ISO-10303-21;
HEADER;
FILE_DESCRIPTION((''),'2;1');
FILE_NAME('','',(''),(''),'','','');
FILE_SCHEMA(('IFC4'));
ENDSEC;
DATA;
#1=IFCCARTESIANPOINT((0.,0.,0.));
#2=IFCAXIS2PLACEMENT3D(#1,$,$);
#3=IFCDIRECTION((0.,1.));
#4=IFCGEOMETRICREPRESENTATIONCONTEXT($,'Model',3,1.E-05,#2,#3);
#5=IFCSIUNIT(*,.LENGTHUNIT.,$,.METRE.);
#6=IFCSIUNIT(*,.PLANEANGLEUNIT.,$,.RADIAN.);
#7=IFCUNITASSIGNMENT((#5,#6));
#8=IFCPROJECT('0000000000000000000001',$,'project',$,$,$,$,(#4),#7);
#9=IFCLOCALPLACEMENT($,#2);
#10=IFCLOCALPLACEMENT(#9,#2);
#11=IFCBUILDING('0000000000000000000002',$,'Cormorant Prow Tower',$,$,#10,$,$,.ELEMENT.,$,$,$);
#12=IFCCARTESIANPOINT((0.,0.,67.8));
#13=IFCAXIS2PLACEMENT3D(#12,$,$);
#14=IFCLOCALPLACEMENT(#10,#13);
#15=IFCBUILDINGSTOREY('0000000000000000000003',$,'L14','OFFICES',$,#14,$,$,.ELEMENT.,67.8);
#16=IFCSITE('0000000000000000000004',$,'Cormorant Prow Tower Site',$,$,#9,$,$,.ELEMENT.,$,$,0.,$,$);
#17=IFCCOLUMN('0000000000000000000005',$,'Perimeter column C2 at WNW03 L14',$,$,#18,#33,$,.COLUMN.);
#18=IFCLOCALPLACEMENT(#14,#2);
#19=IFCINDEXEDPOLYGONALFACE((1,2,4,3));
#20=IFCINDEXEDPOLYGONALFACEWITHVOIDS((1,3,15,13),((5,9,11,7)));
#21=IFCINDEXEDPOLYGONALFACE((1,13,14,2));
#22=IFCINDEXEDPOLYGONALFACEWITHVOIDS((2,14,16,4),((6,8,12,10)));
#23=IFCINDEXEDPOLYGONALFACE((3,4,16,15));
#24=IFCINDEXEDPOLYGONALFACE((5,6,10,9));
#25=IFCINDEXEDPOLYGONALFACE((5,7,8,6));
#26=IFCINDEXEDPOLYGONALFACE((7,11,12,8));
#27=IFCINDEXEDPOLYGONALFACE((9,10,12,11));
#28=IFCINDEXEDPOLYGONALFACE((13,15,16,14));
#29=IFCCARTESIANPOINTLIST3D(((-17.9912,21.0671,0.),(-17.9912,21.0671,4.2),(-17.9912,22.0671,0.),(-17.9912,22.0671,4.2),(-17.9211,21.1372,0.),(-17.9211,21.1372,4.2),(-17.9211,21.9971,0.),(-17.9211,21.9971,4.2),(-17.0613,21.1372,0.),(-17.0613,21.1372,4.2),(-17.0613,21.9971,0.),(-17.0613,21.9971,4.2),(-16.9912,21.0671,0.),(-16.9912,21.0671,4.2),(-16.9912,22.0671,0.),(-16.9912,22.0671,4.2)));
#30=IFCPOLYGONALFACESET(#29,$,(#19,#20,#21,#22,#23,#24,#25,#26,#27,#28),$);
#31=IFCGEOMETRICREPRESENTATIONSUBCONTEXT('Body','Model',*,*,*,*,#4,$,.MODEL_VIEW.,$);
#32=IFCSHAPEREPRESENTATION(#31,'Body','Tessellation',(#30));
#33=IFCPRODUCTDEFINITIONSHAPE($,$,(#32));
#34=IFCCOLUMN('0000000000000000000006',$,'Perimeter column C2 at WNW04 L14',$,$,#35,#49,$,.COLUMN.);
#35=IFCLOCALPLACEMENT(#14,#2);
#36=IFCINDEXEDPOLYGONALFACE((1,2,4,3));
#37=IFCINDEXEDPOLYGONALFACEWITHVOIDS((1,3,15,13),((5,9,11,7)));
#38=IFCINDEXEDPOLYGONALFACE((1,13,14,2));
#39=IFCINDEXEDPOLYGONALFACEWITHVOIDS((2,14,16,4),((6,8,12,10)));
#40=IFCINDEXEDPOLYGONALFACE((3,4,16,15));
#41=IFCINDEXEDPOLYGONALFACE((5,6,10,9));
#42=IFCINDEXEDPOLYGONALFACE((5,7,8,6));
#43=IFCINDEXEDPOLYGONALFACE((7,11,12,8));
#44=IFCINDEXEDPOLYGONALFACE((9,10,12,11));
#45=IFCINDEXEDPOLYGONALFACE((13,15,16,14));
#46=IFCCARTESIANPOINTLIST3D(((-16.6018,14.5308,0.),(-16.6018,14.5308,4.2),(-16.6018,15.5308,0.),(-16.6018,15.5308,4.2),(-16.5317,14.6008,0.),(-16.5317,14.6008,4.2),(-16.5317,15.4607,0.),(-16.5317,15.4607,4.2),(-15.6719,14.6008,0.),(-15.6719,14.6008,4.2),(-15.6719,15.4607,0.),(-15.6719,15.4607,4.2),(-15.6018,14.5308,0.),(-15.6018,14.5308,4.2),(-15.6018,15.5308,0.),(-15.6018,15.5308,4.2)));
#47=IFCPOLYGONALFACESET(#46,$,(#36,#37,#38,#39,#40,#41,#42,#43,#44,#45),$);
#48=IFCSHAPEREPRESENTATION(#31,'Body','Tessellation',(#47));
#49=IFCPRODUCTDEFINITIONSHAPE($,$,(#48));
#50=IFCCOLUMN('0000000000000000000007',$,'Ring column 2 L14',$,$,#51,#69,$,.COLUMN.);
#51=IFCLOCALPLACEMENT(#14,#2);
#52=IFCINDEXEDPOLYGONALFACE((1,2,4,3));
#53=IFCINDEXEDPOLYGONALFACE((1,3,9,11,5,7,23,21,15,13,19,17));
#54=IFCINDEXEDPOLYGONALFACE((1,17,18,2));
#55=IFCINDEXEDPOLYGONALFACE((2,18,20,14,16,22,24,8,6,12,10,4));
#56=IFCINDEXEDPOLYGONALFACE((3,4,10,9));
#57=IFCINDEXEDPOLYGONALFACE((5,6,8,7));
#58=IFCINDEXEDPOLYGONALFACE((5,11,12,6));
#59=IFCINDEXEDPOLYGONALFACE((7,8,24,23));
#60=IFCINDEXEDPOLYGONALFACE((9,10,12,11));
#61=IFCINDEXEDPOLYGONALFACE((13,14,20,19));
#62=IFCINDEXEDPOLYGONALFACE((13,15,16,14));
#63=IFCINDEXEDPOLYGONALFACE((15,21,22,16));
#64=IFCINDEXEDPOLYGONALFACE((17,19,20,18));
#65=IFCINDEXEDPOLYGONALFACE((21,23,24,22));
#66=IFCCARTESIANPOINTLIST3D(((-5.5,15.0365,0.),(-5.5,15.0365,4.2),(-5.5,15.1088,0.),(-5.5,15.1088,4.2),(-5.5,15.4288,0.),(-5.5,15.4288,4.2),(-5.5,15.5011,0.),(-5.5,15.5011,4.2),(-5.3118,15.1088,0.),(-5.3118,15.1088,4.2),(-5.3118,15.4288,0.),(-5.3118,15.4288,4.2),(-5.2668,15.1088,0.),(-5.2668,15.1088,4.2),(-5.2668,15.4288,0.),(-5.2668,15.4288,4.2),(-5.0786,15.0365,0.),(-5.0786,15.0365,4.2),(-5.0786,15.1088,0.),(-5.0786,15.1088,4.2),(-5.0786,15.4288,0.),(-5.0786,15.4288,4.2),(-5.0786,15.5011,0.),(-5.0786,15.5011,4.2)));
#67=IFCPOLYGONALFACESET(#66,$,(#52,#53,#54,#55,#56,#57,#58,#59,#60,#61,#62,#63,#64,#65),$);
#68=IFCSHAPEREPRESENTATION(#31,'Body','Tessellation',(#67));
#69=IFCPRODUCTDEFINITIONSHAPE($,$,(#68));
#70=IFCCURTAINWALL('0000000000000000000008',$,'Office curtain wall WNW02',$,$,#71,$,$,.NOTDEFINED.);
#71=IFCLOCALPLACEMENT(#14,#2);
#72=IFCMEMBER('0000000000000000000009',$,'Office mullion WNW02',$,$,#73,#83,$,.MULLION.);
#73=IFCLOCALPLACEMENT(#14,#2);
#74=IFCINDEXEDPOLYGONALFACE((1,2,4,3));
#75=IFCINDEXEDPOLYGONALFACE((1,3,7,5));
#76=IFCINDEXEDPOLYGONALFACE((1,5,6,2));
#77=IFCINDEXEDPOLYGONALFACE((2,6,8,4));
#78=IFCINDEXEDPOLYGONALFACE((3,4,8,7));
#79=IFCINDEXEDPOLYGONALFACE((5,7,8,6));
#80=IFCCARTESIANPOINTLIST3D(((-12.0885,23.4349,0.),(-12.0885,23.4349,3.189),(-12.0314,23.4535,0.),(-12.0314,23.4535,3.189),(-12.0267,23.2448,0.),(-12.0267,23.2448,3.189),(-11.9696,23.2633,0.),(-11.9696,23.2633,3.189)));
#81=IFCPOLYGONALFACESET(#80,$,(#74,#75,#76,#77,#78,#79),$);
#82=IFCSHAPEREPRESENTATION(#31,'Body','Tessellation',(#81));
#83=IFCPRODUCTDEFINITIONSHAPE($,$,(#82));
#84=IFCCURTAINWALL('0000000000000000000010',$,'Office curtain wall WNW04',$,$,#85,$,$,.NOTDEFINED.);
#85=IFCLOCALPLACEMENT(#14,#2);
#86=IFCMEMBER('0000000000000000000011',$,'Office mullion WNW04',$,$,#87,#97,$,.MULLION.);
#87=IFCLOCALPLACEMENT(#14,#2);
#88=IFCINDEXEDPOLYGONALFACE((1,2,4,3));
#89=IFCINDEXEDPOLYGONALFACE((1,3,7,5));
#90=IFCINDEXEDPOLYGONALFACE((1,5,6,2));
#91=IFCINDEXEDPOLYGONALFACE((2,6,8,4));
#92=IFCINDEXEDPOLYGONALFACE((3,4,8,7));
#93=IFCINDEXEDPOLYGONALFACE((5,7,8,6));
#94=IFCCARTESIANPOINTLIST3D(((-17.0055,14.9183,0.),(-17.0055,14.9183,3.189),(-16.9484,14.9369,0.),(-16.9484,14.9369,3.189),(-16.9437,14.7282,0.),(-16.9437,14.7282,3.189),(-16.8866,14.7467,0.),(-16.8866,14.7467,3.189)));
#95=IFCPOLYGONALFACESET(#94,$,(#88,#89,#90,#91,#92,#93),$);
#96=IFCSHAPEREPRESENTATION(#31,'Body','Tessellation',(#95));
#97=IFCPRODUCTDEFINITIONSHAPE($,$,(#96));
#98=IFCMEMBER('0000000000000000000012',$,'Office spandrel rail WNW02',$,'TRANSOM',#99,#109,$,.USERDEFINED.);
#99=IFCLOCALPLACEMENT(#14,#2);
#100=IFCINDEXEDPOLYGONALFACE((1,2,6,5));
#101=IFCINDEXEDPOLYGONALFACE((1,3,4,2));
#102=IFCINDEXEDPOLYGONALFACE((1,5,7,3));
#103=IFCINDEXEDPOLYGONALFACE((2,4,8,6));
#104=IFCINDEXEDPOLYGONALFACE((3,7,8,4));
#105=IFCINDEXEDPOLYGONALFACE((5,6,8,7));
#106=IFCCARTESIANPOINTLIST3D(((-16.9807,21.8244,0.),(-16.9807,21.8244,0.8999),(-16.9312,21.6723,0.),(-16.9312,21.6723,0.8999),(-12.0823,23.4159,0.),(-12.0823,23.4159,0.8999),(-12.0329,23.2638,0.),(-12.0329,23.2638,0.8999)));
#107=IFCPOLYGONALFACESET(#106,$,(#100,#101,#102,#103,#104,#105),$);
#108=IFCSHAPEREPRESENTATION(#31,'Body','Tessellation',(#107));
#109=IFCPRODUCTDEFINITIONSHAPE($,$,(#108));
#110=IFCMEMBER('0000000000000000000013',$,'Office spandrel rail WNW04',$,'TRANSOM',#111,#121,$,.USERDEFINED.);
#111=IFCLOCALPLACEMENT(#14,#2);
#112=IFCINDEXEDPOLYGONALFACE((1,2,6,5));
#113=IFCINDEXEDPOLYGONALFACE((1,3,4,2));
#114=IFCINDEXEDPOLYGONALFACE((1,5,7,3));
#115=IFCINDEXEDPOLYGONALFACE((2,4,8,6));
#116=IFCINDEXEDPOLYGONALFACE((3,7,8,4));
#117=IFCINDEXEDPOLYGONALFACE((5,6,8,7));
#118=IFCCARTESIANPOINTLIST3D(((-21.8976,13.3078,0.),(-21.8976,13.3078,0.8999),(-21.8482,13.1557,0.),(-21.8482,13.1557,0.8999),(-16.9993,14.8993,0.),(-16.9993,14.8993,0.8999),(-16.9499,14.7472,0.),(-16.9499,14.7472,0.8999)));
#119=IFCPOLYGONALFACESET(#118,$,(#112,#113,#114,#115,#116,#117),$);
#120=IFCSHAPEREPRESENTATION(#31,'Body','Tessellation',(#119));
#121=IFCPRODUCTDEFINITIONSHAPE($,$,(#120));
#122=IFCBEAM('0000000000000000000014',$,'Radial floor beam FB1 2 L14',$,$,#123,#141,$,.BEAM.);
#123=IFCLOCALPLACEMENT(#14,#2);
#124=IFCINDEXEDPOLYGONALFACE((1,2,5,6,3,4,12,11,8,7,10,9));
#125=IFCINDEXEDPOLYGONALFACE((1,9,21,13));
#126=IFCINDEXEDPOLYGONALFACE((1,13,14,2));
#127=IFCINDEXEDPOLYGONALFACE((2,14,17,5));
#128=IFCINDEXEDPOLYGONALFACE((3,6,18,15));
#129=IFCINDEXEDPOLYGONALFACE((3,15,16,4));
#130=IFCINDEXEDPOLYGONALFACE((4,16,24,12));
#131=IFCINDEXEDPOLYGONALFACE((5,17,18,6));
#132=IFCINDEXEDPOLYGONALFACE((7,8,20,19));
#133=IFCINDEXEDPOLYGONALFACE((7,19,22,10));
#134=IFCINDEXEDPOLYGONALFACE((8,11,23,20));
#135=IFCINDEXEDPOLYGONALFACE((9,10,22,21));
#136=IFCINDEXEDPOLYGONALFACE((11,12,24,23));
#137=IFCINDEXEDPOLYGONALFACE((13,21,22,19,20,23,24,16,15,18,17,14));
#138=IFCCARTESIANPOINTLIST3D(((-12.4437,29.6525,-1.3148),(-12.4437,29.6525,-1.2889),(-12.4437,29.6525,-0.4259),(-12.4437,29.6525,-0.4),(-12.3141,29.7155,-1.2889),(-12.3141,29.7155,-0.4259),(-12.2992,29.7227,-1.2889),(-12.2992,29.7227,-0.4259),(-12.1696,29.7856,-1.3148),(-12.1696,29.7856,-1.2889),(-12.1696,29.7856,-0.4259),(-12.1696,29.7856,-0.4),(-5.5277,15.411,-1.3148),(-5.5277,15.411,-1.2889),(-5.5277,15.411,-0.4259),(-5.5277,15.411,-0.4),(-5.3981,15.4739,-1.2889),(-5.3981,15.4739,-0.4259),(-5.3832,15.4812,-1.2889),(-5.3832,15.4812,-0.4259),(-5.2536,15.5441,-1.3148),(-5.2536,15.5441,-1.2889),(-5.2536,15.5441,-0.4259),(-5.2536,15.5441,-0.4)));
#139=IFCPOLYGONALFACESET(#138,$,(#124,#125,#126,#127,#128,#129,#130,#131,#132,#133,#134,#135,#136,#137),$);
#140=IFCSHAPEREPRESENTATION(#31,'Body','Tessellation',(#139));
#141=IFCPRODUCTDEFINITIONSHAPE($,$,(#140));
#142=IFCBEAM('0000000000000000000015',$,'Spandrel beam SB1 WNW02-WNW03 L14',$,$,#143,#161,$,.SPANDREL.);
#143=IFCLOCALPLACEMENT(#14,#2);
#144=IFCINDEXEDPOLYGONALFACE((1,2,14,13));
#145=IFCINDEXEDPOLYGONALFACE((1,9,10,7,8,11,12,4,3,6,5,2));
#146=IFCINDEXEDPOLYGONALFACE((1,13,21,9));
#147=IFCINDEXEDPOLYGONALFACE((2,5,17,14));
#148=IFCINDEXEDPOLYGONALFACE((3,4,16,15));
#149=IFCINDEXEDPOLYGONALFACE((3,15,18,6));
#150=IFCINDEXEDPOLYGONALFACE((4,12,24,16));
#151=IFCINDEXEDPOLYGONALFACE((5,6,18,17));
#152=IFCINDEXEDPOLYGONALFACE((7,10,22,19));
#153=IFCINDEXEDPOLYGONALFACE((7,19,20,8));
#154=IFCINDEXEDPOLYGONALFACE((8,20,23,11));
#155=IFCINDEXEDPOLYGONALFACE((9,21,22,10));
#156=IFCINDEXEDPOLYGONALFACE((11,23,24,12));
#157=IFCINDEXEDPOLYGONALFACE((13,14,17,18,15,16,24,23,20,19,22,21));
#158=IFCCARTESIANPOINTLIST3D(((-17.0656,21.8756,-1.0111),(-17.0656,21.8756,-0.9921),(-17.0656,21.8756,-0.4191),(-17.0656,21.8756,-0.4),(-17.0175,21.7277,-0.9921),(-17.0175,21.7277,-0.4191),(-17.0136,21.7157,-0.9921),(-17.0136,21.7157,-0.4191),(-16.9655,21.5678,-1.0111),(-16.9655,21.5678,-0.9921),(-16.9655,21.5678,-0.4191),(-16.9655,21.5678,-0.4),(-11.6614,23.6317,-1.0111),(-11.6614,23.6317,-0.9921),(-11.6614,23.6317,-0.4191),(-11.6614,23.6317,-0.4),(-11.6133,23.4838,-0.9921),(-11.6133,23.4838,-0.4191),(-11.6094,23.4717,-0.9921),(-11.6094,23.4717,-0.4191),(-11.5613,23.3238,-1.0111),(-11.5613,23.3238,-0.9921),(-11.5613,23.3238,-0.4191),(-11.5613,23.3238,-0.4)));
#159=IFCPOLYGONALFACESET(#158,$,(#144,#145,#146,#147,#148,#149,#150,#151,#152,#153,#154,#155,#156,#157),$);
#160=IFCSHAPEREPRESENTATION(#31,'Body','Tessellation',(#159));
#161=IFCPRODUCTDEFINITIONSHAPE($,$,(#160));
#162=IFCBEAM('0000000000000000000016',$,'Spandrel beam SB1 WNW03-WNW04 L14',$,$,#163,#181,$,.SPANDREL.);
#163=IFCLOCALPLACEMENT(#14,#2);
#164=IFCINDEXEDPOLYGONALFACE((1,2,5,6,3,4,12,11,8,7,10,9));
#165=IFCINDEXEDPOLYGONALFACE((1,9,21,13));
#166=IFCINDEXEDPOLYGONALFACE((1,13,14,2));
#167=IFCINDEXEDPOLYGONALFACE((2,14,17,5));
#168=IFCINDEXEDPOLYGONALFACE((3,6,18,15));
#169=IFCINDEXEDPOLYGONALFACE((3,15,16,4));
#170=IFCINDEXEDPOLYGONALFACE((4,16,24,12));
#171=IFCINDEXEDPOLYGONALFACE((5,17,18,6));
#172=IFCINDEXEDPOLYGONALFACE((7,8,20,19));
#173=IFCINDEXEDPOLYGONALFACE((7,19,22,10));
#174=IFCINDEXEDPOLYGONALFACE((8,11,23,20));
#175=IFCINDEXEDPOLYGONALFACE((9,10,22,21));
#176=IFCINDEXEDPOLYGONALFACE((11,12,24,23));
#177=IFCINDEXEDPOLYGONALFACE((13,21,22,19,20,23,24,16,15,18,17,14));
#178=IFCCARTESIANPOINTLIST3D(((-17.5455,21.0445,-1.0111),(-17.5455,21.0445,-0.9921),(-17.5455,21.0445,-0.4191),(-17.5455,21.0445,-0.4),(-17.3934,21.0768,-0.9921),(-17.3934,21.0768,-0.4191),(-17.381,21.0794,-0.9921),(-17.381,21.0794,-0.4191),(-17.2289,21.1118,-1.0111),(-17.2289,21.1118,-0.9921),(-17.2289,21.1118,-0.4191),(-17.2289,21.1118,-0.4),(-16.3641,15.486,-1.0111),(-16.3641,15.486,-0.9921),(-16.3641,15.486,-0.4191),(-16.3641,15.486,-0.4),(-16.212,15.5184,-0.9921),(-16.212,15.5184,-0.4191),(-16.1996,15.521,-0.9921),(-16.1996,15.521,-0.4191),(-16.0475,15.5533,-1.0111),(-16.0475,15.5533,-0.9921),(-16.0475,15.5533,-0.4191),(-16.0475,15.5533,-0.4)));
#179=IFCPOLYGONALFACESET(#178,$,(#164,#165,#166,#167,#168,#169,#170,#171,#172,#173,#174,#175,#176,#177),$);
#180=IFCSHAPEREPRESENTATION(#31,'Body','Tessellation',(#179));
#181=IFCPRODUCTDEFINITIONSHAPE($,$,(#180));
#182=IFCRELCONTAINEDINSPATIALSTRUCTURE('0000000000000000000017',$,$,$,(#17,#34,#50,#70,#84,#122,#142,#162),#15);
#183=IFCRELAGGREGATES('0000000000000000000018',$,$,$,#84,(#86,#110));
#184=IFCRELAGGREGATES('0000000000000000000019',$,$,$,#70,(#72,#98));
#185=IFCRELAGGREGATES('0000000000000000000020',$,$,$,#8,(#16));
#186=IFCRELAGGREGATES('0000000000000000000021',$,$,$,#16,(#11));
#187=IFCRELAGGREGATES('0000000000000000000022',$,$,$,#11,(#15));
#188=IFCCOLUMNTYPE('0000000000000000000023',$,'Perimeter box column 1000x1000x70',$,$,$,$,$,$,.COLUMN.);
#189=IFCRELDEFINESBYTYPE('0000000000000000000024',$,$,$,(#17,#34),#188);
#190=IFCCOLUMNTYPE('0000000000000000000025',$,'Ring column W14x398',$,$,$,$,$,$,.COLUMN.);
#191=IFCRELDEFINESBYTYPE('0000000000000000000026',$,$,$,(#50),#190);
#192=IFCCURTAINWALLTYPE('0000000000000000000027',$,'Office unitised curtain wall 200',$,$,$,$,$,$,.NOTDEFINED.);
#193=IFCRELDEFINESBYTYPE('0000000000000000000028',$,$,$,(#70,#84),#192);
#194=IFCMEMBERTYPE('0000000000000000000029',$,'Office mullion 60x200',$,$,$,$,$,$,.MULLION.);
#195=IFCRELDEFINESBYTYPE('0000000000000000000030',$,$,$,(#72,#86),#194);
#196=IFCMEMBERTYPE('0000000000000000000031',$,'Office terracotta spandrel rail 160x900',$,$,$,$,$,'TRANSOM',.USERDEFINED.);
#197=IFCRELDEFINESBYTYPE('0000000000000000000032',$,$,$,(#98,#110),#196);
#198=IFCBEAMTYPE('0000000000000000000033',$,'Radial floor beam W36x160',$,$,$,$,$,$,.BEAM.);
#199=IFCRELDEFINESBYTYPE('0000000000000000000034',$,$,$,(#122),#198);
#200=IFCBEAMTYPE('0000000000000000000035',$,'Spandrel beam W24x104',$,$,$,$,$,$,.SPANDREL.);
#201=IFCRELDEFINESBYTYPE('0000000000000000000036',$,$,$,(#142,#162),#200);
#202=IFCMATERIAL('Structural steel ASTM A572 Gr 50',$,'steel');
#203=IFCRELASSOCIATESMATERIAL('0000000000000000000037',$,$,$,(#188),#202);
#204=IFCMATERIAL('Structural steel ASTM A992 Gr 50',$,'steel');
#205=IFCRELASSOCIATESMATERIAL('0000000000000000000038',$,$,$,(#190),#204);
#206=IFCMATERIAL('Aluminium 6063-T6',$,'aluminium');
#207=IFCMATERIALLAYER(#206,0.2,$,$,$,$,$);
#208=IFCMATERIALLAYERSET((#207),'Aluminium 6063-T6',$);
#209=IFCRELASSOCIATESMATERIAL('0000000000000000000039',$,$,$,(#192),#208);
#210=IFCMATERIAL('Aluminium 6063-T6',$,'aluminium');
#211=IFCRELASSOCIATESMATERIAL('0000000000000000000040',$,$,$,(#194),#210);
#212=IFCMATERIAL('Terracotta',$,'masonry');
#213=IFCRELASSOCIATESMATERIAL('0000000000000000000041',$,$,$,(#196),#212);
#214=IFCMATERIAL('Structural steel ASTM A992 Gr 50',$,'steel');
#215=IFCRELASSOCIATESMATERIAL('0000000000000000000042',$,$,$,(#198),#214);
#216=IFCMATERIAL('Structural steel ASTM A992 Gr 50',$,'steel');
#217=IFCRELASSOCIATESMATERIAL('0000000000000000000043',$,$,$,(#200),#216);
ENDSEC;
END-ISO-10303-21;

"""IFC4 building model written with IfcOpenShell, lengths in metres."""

from ifc_helpers import new_model, si_unit, direction, frame, origin, origin_2d, place, context, subcontext, project, spatial, rectangle, hollow_rectangle, i_section, extrude, material, layer, layer_set, material_profile, profile_set, type_object, element, aggregate, save


model = new_model("IFC4")

# Units and contexts
model_context = context("Model", 3, precision=1e-05, world=origin(), true_north=direction((0.0, 1.0)))
body_context = subcontext(model_context, "Body", "Model", "MODEL_VIEW")
ifc_project = project(units=[si_unit("LENGTHUNIT", "METRE"), si_unit("PLANEANGLEUNIT", "RADIAN")], contexts=[model_context])

# Site, building, storey
site_placement = place(None, origin())
site = spatial("IfcSite", under=ifc_project, at=site_placement, Name="Cormorant Prow Tower Site", CompositionType="ELEMENT", RefElevation=0.0)
building_placement = place(site_placement, origin())
building = spatial("IfcBuilding", under=site, at=building_placement, Name="Cormorant Prow Tower", CompositionType="ELEMENT")
storey_placement = place(building_placement, frame((0.0, 0.0, 67.8)))
storey = spatial("IfcBuildingStorey", under=building, at=storey_placement, Name="L14", Description="OFFICES", CompositionType="ELEMENT", Elevation=67.8)

# Columns
ifc_material_1 = material(Name="Structural steel ASTM A572 Gr 50", Category="steel")
ifc_material_profile_1 = material_profile(ifc_material_1, hollow_rectangle(XDim=1.0, YDim=1.0, WallThickness=0.0701, at=origin_2d()), Name="Box 1000x1000x70")
ifc_profile_set_1 = profile_set([ifc_material_profile_1], Name="Structural steel ASTM A572 Gr 50")
column_type_1 = type_object("IfcColumnType", Name="Perimeter box column 1000x1000x70", PredefinedType="COLUMN", material=ifc_profile_set_1)
for number, where, z_axis, x_axis, name in (
    (1, (-17.4912, 21.5671, 0.0), (0.0, 0.0, 1.0), (1.0, 0.0, 0.0), "Perimeter column C2 at WNW03 L14"),
    (2, (-16.1018, 15.0308, 0.0), (0.0, 0.0, 1.0), (1.0, 0.0, 0.0), "Perimeter column C2 at WNW04 L14"),
):
    element("IfcColumn", number, at=place(storey_placement, frame(where, z_axis=z_axis, x_axis=x_axis)), inside=storey, type_object=column_type_1, Name=name, PredefinedType="COLUMN", context=body_context, shape_type="SweptSolid", body=[
        extrude(hollow_rectangle(XDim=1.0, YDim=1.0, WallThickness=0.0701, at=origin_2d()), origin(), (0.0, 0.0, 1.0), 4.2),
    ])
ifc_material_2 = material(Name="Structural steel ASTM A992 Gr 50", Category="steel")
ifc_material_profile_2 = material_profile(ifc_material_2, i_section(OverallWidth=0.4214, OverallDepth=0.4646, WebThickness=0.0449, FlangeThickness=0.0723, at=origin_2d()), Name="W14x398")
ifc_profile_set_2 = profile_set([ifc_material_profile_2], Name="Structural steel ASTM A992 Gr 50")
column_type_2 = type_object("IfcColumnType", Name="Ring column W14x398", PredefinedType="COLUMN", material=ifc_profile_set_2)
column_placement = place(storey_placement, frame((-5.2893, 15.2688, 0.0), z_axis=(0.0, 0.0, 1.0), x_axis=(1.0, 0.0, 0.0)))
element("IfcColumn", 3, at=column_placement, inside=storey, type_object=column_type_2, Name="Ring column 2 L14", PredefinedType="COLUMN", context=body_context, shape_type="SweptSolid", body=[
    extrude(i_section(OverallWidth=0.4214, OverallDepth=0.4646, WebThickness=0.0449, FlangeThickness=0.0723, at=origin_2d()), origin(), (0.0, 0.0, 1.0), 4.2),
])

# Curtain walls, members
ifc_material_3 = material(Name="Aluminium 6063-T6", Category="aluminium")
ifc_layer_1 = layer(ifc_material_3, 0.2)
ifc_layer_set_1 = layer_set([ifc_layer_1], Name="Aluminium 6063-T6")
curtain_wall_type = type_object("IfcCurtainWallType", Name="Office unitised curtain wall 200", PredefinedType="NOTDEFINED", material=ifc_layer_set_1)
curtain_wall_1_placement = place(storey_placement, origin())
curtain_wall_1 = element("IfcCurtainWall", 4, at=curtain_wall_1_placement, inside=storey, type_object=curtain_wall_type, Name="Office curtain wall WNW02", PredefinedType="NOTDEFINED")
ifc_material_4 = material(Name="Aluminium 6063-T6", Category="aluminium")
ifc_material_profile_3 = material_profile(ifc_material_4, rectangle(XDim=0.2, YDim=0.0601, at=origin_2d()), Name="Office mullion 60x200")
ifc_profile_set_3 = profile_set([ifc_material_profile_3], Name="Aluminium 6063-T6")
member_type_1 = type_object("IfcMemberType", Name="Office mullion 60x200", PredefinedType="MULLION", material=ifc_profile_set_3)
member_1_placement = place(storey_placement, frame((-12.0291, 23.3491, 0.0), z_axis=(0.0, 0.0, 1.0), x_axis=(0.309017, -0.951057, 0.0)))
member_1 = element("IfcMember", 5, at=member_1_placement, type_object=member_type_1, Name="Office mullion WNW02", PredefinedType="MULLION", context=body_context, shape_type="SweptSolid", body=[
    extrude(rectangle(XDim=0.2, YDim=0.0601, at=origin_2d()), origin(), (0.0, 0.0, 1.0), 3.189),
])
curtain_wall_2_placement = place(storey_placement, origin())
curtain_wall_2 = element("IfcCurtainWall", 6, at=curtain_wall_2_placement, inside=storey, type_object=curtain_wall_type, Name="Office curtain wall WNW04", PredefinedType="NOTDEFINED")
member_2_placement = place(storey_placement, frame((-16.946, 14.8325, 0.0), z_axis=(0.0, 0.0, 1.0), x_axis=(0.309017, -0.951057, 0.0)))
member_2 = element("IfcMember", 7, at=member_2_placement, type_object=member_type_1, Name="Office mullion WNW04", PredefinedType="MULLION", context=body_context, shape_type="SweptSolid", body=[
    extrude(rectangle(XDim=0.2, YDim=0.0601, at=origin_2d()), origin(), (0.0, 0.0, 1.0), 3.189),
])

# Members
ifc_material_5 = material(Name="Terracotta", Category="masonry")
ifc_material_profile_4 = material_profile(ifc_material_5, rectangle(XDim=0.1599, YDim=0.8999, at=origin_2d()), Name="Office terracotta spandrel rail 160x900")
ifc_profile_set_4 = profile_set([ifc_material_profile_4], Name="Terracotta")
member_type_2 = type_object("IfcMemberType", Name="Office terracotta spandrel rail 160x900", ElementType="TRANSOM", PredefinedType="USERDEFINED", material=ifc_profile_set_4)
member_3_placement = place(storey_placement, frame((-12.0576, 23.3398, 0.45), z_axis=(-0.951059, -0.309009, 0.0), x_axis=(0.309009, -0.951059, 0.0)))
member_3 = element("IfcMember", 8, at=member_3_placement, type_object=member_type_2, Name="Office spandrel rail WNW02", ObjectType="TRANSOM", PredefinedType="USERDEFINED", context=body_context, shape_type="SweptSolid", body=[
    extrude(rectangle(XDim=0.1599, YDim=0.8999, at=origin_2d()), origin(), (0.0, 0.0, 1.0), 5.1504),
])
member_4_placement = place(storey_placement, frame((-16.9746, 14.8232, 0.45), z_axis=(-0.951059, -0.309009, 0.0), x_axis=(0.309009, -0.951059, 0.0)))
member_4 = element("IfcMember", 9, at=member_4_placement, type_object=member_type_2, Name="Office spandrel rail WNW04", ObjectType="TRANSOM", PredefinedType="USERDEFINED", context=body_context, shape_type="SweptSolid", body=[
    extrude(rectangle(XDim=0.1599, YDim=0.8999, at=origin_2d()), origin(), (0.0, 0.0, 1.0), 5.1504),
])
aggregate(curtain_wall_2, [member_2, member_4])

# Beams
ifc_material_6 = material(Name="Structural steel ASTM A992 Gr 50", Category="steel")
ifc_material_profile_5 = material_profile(ifc_material_6, i_section(OverallWidth=0.3047, OverallDepth=0.9148, WebThickness=0.0166, FlangeThickness=0.0259, at=origin_2d()), Name="W36x160")
ifc_profile_set_5 = profile_set([ifc_material_profile_5], Name="Structural steel ASTM A992 Gr 50")
beam_type_1 = type_object("IfcBeamType", Name="Radial floor beam W36x160", PredefinedType="BEAM", material=ifc_profile_set_5)
beam_1_placement = place(storey_placement, frame((-5.3906, 15.4775, -0.8574), z_axis=(-0.436839, 0.899539, 0.0), x_axis=(-0.899539, -0.436839, 0.0)))
element("IfcBeam", 10, at=beam_1_placement, inside=storey, type_object=beam_type_1, Name="Radial floor beam FB1 2 L14", PredefinedType="BEAM", context=body_context, shape_type="SweptSolid", body=[
    extrude(i_section(OverallWidth=0.3047, OverallDepth=0.9148, WebThickness=0.0166, FlangeThickness=0.0259, at=origin_2d()), origin(), (0.0, 0.0, 1.0), 15.832),
])
ifc_material_7 = material(Name="Structural steel ASTM A992 Gr 50", Category="steel")
ifc_material_profile_6 = material_profile(ifc_material_7, i_section(OverallWidth=0.3237, OverallDepth=0.6111, WebThickness=0.0127, FlangeThickness=0.019, at=origin_2d()), Name="W24x104")
ifc_profile_set_6 = profile_set([ifc_material_profile_6], Name="Structural steel ASTM A992 Gr 50")
beam_type_2 = type_object("IfcBeamType", Name="Spandrel beam W24x104", PredefinedType="SPANDREL", material=ifc_profile_set_6)
beam_2_placement = place(storey_placement, frame((-11.6113, 23.4778, -0.7056), z_axis=(-0.951049, -0.309039, 0.0), x_axis=(0.309039, -0.951049, 0.0)))
element("IfcBeam", 11, at=beam_2_placement, inside=storey, type_object=beam_type_2, Name="Spandrel beam SB1 WNW02-WNW03 L14", PredefinedType="SPANDREL", context=body_context, shape_type="SweptSolid", body=[
    extrude(i_section(OverallWidth=0.3237, OverallDepth=0.6111, WebThickness=0.0127, FlangeThickness=0.019, at=origin_2d()), origin(), (0.0, 0.0, 1.0), 5.6824),
])
beam_3_placement = place(storey_placement, frame((-17.3872, 21.0781, -0.7056), z_axis=(0.2079, -0.97815, 0.0), x_axis=(0.97815, 0.2079, 0.0)))
element("IfcBeam", 12, at=beam_3_placement, inside=storey, type_object=beam_type_2, Name="Spandrel beam SB1 WNW03-WNW04 L14", PredefinedType="SPANDREL", context=body_context, shape_type="SweptSolid", body=[
    extrude(i_section(OverallWidth=0.3237, OverallDepth=0.6111, WebThickness=0.0127, FlangeThickness=0.019, at=origin_2d()), origin(), (0.0, 0.0, 1.0), 5.6826),
])

aggregate(curtain_wall_1, [member_1, member_3])

save(model, "model.ifc")
